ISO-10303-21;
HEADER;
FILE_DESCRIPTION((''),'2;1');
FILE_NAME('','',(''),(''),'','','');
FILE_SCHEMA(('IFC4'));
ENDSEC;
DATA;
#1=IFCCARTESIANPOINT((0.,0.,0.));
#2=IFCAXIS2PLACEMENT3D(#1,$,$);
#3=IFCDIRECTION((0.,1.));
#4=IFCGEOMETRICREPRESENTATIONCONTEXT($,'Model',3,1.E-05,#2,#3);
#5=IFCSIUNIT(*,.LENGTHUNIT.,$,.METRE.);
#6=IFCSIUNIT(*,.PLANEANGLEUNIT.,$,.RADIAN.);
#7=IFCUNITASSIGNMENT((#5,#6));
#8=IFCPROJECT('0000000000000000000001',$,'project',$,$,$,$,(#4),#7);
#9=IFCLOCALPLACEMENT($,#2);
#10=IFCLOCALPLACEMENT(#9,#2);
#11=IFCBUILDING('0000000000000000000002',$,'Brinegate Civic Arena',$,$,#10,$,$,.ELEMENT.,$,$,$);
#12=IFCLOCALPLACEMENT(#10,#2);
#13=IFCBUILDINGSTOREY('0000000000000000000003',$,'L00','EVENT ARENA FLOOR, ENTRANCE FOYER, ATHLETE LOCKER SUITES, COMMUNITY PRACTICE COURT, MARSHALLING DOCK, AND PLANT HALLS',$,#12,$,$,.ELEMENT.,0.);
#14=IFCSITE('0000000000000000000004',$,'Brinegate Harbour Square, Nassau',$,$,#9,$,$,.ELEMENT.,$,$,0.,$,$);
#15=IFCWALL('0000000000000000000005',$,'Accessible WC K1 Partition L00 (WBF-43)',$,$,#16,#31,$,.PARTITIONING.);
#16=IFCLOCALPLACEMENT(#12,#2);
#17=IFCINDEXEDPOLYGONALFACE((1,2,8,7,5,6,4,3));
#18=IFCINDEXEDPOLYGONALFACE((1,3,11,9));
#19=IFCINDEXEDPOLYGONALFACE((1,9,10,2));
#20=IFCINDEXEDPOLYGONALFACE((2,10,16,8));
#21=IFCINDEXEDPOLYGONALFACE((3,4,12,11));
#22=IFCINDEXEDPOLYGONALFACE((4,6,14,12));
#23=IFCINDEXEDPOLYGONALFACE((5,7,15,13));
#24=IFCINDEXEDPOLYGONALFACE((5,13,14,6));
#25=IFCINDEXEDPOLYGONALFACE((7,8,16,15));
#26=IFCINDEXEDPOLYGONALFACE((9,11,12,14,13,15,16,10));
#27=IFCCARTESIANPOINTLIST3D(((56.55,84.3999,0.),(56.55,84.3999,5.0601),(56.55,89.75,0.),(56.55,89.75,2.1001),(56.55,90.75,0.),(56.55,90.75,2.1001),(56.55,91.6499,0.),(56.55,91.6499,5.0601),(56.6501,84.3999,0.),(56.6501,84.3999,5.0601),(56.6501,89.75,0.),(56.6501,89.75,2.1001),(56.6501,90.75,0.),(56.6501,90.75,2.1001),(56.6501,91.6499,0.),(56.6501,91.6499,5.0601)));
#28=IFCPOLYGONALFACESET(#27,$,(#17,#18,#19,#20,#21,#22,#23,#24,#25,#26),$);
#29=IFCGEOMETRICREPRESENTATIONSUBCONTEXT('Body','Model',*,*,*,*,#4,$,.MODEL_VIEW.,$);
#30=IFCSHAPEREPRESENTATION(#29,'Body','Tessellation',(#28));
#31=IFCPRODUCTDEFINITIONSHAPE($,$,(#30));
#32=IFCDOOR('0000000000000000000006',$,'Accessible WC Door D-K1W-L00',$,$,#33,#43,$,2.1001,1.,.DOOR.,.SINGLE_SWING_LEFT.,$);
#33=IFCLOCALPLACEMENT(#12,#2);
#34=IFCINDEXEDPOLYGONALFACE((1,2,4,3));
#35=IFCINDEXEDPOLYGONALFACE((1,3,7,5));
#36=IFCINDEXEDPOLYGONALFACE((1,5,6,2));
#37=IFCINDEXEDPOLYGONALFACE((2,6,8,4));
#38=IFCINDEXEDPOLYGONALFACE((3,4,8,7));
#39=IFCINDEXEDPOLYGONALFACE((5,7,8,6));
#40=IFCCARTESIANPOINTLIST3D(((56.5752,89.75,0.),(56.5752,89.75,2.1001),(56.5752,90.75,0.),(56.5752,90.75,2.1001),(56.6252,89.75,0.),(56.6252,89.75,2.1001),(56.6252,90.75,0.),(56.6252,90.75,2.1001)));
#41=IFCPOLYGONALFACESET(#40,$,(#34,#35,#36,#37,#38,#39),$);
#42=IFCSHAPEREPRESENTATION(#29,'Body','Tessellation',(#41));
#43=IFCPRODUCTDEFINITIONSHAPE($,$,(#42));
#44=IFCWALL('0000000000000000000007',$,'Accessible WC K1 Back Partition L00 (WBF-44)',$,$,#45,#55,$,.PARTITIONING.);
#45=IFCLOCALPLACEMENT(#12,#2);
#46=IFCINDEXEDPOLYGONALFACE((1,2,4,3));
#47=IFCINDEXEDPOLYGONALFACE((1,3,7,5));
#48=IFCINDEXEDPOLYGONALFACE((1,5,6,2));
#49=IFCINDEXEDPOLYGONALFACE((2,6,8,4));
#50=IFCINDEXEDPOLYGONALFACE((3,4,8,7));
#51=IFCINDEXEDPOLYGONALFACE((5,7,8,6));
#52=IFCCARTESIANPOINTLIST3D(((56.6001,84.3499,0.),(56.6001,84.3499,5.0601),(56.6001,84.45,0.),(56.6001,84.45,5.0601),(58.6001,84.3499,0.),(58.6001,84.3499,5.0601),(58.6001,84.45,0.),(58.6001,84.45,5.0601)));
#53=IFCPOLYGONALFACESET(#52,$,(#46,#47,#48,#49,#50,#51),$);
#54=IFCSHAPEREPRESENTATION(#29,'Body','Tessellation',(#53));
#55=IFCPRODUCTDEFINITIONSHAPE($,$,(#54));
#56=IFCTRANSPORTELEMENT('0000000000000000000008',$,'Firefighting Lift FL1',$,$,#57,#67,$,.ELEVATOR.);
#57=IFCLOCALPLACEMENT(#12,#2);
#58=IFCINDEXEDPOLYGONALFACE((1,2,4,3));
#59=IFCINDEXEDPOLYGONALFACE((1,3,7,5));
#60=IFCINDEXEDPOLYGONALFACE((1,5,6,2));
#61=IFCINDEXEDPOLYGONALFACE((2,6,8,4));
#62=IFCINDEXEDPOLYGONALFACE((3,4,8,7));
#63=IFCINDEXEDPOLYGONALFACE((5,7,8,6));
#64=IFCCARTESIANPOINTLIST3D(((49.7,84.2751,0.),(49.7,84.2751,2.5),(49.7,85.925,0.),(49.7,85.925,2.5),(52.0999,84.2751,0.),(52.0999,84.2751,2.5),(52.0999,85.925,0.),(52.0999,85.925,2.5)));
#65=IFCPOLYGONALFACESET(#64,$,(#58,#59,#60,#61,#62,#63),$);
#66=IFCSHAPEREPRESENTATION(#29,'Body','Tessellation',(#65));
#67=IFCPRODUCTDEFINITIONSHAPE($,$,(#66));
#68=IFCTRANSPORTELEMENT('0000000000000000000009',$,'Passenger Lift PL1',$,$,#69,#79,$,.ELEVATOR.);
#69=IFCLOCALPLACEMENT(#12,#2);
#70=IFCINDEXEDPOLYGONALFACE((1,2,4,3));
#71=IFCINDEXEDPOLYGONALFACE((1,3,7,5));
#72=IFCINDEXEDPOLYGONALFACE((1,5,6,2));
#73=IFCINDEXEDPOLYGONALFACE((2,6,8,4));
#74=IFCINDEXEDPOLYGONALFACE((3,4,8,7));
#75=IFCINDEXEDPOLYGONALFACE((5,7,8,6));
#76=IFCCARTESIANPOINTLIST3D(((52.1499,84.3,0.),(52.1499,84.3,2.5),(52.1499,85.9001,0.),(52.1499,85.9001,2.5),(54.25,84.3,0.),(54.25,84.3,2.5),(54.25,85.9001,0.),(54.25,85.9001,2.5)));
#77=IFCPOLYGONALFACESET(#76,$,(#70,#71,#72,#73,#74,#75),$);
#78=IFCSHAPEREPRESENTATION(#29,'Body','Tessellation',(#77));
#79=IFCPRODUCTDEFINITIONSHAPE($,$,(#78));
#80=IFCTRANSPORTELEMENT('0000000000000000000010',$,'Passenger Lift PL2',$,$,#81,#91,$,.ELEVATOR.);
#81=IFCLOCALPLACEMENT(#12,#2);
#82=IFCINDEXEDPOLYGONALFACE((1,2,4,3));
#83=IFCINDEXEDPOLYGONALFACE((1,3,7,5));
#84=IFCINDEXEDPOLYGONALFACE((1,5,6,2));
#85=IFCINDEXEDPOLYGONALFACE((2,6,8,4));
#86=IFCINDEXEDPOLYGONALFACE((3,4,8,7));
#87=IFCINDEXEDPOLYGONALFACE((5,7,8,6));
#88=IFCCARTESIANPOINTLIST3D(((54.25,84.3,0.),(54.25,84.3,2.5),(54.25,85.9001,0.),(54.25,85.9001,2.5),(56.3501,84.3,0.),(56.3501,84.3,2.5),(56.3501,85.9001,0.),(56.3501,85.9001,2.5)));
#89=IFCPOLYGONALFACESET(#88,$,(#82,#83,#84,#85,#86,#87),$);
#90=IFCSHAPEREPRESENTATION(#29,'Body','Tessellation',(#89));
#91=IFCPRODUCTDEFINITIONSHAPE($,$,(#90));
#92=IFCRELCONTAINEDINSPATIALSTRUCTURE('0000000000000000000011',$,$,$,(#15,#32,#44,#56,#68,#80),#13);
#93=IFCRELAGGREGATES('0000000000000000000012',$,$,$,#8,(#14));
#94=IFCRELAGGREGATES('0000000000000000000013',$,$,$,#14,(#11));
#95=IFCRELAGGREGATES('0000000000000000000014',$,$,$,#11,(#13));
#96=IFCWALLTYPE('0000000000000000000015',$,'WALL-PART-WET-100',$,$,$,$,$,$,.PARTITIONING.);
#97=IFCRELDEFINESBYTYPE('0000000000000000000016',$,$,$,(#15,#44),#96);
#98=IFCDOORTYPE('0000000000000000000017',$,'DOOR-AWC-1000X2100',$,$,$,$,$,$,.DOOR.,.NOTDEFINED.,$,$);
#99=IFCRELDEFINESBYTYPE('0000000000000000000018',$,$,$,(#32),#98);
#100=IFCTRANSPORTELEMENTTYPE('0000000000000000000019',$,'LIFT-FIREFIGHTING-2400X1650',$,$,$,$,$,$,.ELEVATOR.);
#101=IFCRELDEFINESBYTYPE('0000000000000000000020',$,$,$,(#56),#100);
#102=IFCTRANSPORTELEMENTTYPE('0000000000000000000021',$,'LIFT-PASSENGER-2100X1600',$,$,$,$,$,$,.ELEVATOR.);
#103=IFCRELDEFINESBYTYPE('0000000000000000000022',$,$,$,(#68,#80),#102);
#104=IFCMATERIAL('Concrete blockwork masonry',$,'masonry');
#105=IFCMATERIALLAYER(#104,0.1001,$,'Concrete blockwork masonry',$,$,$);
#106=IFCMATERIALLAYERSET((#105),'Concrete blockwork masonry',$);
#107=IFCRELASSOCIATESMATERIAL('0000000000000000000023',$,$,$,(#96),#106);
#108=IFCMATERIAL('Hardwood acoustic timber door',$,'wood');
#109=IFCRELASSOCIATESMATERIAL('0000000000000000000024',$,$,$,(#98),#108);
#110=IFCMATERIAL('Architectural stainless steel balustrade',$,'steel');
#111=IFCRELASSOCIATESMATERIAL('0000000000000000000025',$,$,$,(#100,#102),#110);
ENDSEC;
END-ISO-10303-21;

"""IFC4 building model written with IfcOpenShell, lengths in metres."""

from ifc_helpers import new_model, si_unit, direction, frame, frame_2d, origin, origin_2d, place, context, subcontext, project, spatial, rectangle, extrude, material, layer, layer_set, type_object, element, fill, save


model = new_model("IFC4")

# Units and contexts
model_context = context("Model", 3, precision=1e-05, world=origin(), true_north=direction((0.0, 1.0)))
body_context = subcontext(model_context, "Body", "Model", "MODEL_VIEW")
ifc_project = project(units=[si_unit("LENGTHUNIT", "METRE"), si_unit("PLANEANGLEUNIT", "RADIAN")], contexts=[model_context])

# Site, building, storey
site_placement = place(None, origin())
site = spatial("IfcSite", under=ifc_project, at=site_placement, Name="Brinegate Harbour Square, Nassau", CompositionType="ELEMENT", RefElevation=0.0)
building_placement = place(site_placement, origin())
building = spatial("IfcBuilding", under=site, at=building_placement, Name="Brinegate Civic Arena", CompositionType="ELEMENT")
storey_placement = place(building_placement, origin())
storey = spatial("IfcBuildingStorey", under=building, at=storey_placement, Name="L00", Description="EVENT ARENA FLOOR, ENTRANCE FOYER, ATHLETE LOCKER SUITES, COMMUNITY PRACTICE COURT, MARSHALLING DOCK, AND PLANT HALLS", CompositionType="ELEMENT", Elevation=0.0)

# Shared definitions
ifc_material_1 = material(Name="Architectural stainless steel balustrade", Category="steel")

# Wall, opening, door
ifc_material_2 = material(Name="Concrete blockwork masonry", Category="masonry")
ifc_layer_1 = layer(ifc_material_2, 0.1001, Name="Concrete blockwork masonry")
ifc_layer_set_1 = layer_set([ifc_layer_1], Name="Concrete blockwork masonry")
wall_type_1 = type_object("IfcWallType", Name="WALL-PART-WET-100", PredefinedType="PARTITIONING", material=ifc_layer_set_1)
wall_1_placement = place(storey_placement, frame((56.6001, 84.3999, 0.0), z_axis=(0.0, 0.0, 1.0), x_axis=(0.0, 1.0, 0.0)))
wall_1 = element("IfcWall", 1, at=wall_1_placement, inside=storey, type_object=wall_type_1, Name="Accessible WC K1 Partition L00 (WBF-43)", PredefinedType="PARTITIONING", context=body_context, shape_type="SweptSolid", body=[
    extrude(rectangle(XDim=7.25, YDim=0.1001, at=frame_2d((3.625, 0.0))), origin(), (0.0, 0.0, 1.0), 5.0601),
])
opening_1_placement = place(wall_1_placement, frame((5.3501, 0.0, 0.0)))
opening_1 = element("IfcOpeningElement", 2, at=opening_1_placement, cuts=wall_1, PredefinedType="OPENING", context=body_context, shape_type="SweptSolid", body=[
    extrude(rectangle(XDim=1.0, YDim=2.1001, at=frame_2d((0.5, 1.05))), frame((0.0, 0.0601, 0.0), z_axis=(0.0, -1.0, 0.0), x_axis=(1.0, 0.0, 0.0)), (0.0, 0.0, 1.0), 0.1201),
])
ifc_material_3 = material(Name="Hardwood acoustic timber door", Category="wood")
door_type_1 = type_object("IfcDoorType", Name="DOOR-AWC-1000X2100", OperationType="NOTDEFINED", PredefinedType="DOOR", material=ifc_material_3)
door_1_placement = place(opening_1_placement, origin())
door_1 = element("IfcDoor", 3, at=door_1_placement, inside=storey, type_object=door_type_1, Name="Accessible WC Door D-K1W-L00", OperationType="SINGLE_SWING_LEFT", OverallHeight=2.1001, OverallWidth=1.0, PredefinedType="DOOR", context=body_context, shape_type="SweptSolid", body=[
    extrude(rectangle(XDim=1.0, YDim=2.1001, at=frame_2d((0.5, 1.05))), frame((0.0, 0.0249, 0.0), z_axis=(0.0, -1.0, 0.0), x_axis=(1.0, 0.0, 0.0)), (0.0, 0.0, 1.0), 0.05),
])
fill(opening_1, door_1)

# Wall
wall_2_placement = place(storey_placement, frame((56.6001, 84.3999, 0.0), z_axis=(0.0, 0.0, 1.0), x_axis=(1.0, 0.0, 0.0)))
element("IfcWall", 4, at=wall_2_placement, inside=storey, type_object=wall_type_1, Name="Accessible WC K1 Back Partition L00 (WBF-44)", PredefinedType="PARTITIONING", context=body_context, shape_type="SweptSolid", body=[
    extrude(rectangle(XDim=2.0, YDim=0.1001, at=frame_2d((1.0, 0.0))), origin(), (0.0, 0.0, 1.0), 5.0601),
])

# Transport elements
transport_element_type_1 = type_object("IfcTransportElementType", Name="LIFT-FIREFIGHTING-2400X1650", PredefinedType="ELEVATOR", material=ifc_material_1)
transport_element_placement = place(storey_placement, frame((50.8999, 85.1001, 0.0), z_axis=(0.0, 0.0, 1.0), x_axis=(1.0, 0.0, 0.0)))
element("IfcTransportElement", 5, at=transport_element_placement, inside=storey, type_object=transport_element_type_1, Name="Firefighting Lift FL1", PredefinedType="ELEVATOR", context=body_context, shape_type="SweptSolid", body=[
    extrude(rectangle(XDim=2.3999, YDim=1.6499, at=origin_2d()), origin(), (0.0, 0.0, 1.0), 2.5),
])
transport_element_type_2 = type_object("IfcTransportElementType", Name="LIFT-PASSENGER-2100X1600", PredefinedType="ELEVATOR", material=ifc_material_1)
for number, where, z_axis, x_axis, name in (
    (6, (53.2, 85.1001, 0.0), (0.0, 0.0, 1.0), (1.0, 0.0, 0.0), "Passenger Lift PL1"),
    (7, (55.3, 85.1001, 0.0), (0.0, 0.0, 1.0), (1.0, 0.0, 0.0), "Passenger Lift PL2"),
):
    element("IfcTransportElement", number, at=place(storey_placement, frame(where, z_axis=z_axis, x_axis=x_axis)), inside=storey, type_object=transport_element_type_2, Name=name, PredefinedType="ELEVATOR", context=body_context, shape_type="SweptSolid", body=[
        extrude(rectangle(XDim=2.1001, YDim=1.6001, at=origin_2d()), origin(), (0.0, 0.0, 1.0), 2.5),
    ])

save(model, "model.ifc")
